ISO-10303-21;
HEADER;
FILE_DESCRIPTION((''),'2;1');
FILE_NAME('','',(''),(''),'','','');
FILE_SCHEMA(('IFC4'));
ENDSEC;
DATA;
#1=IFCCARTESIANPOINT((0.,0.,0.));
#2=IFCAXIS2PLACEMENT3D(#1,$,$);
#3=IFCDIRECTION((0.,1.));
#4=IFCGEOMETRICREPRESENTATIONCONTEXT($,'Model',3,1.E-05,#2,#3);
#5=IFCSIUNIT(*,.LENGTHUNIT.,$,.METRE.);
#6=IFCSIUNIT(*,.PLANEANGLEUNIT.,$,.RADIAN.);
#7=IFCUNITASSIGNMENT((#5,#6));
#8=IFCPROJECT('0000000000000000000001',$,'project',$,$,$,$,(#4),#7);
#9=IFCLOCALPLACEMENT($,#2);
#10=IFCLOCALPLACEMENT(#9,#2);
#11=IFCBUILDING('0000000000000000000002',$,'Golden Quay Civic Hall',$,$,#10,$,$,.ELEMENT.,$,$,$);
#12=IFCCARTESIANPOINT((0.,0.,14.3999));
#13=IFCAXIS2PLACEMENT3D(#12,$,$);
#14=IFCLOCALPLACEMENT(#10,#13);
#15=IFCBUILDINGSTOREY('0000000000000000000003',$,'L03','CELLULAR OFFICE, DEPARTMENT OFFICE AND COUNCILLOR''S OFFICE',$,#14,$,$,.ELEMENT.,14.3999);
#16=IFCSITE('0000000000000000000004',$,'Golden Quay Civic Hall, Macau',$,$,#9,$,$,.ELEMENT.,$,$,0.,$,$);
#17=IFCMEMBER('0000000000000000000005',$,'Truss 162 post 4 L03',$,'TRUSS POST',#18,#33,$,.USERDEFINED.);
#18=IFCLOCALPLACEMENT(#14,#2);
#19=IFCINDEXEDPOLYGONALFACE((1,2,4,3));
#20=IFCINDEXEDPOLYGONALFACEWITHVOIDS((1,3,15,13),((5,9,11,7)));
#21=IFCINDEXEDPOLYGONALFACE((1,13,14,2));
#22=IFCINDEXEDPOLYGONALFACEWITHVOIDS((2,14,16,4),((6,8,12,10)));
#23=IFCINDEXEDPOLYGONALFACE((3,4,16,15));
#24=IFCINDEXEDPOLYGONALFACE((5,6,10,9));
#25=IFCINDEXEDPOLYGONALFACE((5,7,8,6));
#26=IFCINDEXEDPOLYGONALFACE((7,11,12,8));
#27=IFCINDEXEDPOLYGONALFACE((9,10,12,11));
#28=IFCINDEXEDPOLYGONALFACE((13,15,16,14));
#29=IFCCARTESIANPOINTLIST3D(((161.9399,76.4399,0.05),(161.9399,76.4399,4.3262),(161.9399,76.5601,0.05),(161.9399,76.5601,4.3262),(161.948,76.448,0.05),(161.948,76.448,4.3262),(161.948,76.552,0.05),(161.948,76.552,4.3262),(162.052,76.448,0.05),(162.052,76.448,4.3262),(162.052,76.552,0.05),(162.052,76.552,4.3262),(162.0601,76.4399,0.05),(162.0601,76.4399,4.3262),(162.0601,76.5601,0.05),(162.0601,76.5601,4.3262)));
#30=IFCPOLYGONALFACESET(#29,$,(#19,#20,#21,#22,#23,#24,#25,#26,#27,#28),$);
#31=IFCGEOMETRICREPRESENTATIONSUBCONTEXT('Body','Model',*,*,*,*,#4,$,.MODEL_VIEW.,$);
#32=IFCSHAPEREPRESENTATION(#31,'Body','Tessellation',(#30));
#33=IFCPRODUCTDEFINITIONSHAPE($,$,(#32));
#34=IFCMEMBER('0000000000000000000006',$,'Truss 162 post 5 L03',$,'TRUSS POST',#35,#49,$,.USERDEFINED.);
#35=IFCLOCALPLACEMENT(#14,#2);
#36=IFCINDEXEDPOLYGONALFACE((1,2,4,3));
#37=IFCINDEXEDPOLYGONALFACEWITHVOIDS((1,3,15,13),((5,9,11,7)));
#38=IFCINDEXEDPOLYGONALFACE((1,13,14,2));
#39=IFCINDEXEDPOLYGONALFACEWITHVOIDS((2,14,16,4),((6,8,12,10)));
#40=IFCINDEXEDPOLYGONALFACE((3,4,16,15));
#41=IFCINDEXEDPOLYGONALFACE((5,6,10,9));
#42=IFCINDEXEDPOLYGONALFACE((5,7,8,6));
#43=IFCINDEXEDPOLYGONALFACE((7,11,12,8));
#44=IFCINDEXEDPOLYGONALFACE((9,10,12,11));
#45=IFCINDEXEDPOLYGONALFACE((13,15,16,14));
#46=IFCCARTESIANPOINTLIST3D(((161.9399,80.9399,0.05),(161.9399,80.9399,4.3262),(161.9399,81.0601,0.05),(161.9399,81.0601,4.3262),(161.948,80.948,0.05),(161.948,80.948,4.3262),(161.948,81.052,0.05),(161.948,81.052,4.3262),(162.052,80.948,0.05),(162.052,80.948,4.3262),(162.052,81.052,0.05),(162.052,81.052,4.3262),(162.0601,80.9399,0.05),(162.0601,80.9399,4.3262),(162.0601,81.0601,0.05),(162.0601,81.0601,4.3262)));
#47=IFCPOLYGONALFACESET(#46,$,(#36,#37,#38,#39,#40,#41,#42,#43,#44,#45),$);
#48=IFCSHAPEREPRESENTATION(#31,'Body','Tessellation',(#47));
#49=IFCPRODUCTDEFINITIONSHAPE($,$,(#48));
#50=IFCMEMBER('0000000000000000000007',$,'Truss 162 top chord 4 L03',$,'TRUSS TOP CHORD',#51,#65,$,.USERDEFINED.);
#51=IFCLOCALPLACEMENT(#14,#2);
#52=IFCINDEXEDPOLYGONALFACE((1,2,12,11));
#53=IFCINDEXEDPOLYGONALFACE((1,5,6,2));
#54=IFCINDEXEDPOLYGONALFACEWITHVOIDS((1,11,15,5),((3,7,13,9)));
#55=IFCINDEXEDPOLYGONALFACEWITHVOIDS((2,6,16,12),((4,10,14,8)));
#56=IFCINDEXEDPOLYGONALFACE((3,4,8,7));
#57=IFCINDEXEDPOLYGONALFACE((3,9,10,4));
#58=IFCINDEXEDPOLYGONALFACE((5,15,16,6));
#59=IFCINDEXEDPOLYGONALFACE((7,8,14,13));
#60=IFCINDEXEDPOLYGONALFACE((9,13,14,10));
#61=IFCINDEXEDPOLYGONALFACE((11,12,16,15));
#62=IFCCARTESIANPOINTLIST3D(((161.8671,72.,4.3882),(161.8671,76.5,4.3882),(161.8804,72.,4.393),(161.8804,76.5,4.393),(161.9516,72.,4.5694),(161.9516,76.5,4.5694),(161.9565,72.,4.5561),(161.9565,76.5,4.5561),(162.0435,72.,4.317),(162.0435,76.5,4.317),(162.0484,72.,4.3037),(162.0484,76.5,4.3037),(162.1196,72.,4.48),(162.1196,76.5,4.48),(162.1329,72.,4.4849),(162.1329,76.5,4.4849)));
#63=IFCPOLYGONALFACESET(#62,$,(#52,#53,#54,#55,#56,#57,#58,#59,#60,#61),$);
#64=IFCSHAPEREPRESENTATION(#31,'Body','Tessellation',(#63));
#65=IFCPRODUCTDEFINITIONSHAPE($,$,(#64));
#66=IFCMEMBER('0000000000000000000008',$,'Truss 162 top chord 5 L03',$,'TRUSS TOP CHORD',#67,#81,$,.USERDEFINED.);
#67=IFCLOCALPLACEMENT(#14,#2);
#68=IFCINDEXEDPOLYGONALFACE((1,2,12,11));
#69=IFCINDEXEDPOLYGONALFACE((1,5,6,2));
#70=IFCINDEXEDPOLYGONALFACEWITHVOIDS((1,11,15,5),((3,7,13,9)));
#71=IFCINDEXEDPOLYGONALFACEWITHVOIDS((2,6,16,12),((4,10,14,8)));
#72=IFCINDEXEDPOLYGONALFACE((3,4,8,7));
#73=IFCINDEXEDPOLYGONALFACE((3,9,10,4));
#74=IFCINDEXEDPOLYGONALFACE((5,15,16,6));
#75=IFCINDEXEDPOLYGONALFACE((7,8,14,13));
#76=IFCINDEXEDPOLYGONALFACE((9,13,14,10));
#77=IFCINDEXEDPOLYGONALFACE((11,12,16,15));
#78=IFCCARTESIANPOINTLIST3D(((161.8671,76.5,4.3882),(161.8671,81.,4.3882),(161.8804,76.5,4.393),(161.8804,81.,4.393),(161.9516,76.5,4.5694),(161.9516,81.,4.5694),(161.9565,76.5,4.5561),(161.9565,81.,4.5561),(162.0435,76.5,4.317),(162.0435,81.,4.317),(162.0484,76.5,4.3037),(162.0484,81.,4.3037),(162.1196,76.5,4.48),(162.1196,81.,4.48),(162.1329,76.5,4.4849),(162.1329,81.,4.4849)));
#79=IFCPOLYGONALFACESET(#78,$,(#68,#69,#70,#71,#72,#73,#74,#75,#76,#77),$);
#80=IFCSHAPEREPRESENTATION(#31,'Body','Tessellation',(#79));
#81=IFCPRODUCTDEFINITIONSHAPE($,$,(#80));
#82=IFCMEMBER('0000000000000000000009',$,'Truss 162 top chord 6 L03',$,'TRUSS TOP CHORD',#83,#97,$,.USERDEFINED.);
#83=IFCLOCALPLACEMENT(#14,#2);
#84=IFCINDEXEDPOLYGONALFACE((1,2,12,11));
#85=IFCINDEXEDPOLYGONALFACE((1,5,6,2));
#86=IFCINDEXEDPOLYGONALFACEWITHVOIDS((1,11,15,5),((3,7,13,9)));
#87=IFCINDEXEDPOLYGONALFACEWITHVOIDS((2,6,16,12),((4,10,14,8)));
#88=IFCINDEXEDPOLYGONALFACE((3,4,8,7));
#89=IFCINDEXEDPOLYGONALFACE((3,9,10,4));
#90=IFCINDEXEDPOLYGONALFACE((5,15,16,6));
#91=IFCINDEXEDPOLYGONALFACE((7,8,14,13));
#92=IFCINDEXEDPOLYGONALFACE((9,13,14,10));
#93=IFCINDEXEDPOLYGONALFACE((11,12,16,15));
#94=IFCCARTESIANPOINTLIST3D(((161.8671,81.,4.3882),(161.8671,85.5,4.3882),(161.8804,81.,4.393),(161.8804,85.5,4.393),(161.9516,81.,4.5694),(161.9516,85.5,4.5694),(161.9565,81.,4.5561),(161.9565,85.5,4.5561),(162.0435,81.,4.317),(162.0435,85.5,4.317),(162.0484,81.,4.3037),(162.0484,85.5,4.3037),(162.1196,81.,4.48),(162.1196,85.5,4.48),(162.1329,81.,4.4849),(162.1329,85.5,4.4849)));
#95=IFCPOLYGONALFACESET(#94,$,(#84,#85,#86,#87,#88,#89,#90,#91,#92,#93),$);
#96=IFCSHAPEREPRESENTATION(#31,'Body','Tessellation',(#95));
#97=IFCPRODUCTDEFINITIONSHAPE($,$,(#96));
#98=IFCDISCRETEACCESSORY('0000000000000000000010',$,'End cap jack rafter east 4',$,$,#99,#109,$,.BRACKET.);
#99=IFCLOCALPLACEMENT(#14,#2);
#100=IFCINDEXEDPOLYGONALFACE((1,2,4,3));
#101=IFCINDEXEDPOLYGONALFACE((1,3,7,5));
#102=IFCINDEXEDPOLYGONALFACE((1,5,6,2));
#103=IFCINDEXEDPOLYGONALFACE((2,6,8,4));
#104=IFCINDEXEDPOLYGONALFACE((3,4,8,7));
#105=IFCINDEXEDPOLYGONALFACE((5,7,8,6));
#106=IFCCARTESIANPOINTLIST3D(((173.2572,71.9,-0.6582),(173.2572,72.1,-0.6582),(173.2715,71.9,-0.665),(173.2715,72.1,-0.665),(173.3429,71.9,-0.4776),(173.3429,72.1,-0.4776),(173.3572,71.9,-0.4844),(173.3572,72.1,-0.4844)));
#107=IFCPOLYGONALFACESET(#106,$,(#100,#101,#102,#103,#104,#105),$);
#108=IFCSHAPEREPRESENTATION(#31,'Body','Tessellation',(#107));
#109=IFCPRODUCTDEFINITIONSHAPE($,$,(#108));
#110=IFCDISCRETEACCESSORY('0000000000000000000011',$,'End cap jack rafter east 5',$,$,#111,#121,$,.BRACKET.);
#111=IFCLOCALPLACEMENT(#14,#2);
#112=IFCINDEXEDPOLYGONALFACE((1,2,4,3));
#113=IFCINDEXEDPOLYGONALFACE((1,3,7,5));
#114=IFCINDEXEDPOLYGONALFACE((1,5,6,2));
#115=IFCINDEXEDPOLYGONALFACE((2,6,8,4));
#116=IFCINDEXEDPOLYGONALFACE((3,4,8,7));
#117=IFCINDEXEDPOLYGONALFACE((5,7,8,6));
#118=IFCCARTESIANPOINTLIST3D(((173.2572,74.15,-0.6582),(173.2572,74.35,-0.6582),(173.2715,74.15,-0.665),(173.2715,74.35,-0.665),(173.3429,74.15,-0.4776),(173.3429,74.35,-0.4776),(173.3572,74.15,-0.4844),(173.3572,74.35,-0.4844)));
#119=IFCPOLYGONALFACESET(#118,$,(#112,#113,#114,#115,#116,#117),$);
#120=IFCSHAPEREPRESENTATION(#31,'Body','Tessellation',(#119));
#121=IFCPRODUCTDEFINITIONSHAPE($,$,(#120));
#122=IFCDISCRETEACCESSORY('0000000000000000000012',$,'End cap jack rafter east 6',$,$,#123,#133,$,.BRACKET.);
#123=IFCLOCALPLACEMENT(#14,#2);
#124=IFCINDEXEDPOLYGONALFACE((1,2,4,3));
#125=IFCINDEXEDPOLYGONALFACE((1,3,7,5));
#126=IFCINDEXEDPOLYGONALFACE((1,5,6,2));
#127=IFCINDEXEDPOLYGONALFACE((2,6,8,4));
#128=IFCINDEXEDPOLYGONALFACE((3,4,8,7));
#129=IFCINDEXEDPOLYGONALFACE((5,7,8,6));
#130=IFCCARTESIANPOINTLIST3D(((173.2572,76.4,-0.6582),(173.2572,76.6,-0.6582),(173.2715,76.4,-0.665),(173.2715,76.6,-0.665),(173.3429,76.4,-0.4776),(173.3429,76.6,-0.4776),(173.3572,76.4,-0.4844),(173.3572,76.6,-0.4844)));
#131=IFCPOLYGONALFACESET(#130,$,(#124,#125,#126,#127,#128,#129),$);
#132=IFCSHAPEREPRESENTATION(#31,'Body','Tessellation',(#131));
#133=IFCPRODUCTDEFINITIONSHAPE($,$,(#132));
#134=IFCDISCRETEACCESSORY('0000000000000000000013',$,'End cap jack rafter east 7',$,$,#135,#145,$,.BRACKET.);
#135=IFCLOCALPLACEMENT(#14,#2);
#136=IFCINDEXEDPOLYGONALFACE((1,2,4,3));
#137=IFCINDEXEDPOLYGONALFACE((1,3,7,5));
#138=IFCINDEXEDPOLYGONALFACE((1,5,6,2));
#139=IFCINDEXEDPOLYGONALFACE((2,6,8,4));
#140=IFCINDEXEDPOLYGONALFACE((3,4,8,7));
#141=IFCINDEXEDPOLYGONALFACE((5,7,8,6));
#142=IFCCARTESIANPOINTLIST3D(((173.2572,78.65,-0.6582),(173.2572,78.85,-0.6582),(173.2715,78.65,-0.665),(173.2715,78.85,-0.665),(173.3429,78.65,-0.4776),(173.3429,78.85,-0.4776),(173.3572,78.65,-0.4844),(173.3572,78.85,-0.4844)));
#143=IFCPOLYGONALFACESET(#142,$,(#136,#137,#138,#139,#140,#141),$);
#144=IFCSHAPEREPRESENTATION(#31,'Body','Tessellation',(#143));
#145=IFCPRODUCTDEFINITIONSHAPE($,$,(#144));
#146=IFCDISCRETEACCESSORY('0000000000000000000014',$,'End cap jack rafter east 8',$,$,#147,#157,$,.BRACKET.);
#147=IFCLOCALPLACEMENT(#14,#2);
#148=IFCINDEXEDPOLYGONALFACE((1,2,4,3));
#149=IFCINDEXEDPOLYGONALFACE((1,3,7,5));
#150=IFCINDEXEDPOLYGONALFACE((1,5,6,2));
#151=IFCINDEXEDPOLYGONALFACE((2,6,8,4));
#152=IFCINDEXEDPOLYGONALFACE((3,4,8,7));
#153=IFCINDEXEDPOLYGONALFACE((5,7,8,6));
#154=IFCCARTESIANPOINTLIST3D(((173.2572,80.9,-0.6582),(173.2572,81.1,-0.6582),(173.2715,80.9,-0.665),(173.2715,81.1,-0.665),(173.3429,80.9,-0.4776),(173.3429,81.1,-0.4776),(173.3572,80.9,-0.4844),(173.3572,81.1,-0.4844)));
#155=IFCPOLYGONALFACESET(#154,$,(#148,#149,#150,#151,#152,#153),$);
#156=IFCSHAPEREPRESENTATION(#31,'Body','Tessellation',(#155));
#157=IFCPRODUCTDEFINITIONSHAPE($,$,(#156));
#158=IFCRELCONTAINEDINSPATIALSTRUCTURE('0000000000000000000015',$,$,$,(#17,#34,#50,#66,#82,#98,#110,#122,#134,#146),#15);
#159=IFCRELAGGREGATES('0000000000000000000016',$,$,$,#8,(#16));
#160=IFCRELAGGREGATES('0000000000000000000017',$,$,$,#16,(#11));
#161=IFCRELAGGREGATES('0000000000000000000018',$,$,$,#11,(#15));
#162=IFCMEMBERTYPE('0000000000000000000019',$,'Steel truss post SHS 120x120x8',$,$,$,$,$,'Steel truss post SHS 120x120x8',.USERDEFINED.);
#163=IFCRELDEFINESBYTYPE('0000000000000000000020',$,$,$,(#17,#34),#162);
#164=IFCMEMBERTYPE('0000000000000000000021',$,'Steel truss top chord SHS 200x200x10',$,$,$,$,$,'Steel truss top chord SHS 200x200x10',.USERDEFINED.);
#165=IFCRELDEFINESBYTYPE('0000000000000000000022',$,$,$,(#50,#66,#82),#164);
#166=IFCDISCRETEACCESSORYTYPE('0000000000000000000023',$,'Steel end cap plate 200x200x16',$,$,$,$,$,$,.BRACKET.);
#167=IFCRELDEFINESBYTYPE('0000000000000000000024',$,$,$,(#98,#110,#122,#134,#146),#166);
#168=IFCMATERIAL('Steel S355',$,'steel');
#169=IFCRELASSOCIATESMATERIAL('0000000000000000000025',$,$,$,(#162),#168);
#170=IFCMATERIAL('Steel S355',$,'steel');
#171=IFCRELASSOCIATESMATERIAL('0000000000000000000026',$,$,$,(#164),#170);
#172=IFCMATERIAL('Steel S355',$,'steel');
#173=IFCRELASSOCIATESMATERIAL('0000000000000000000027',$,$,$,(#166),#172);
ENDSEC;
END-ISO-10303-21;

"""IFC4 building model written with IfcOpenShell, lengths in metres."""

from ifc_helpers import new_model, si_unit, direction, frame, origin, origin_2d, place, context, subcontext, project, spatial, rectangle, hollow_rectangle, extrude, material, material_profile, profile_set, type_object, element, save


model = new_model("IFC4")

# Units and contexts
model_context = context("Model", 3, precision=1e-05, world=origin(), true_north=direction((0.0, 1.0)))
body_context = subcontext(model_context, "Body", "Model", "MODEL_VIEW")
ifc_project = project(units=[si_unit("LENGTHUNIT", "METRE"), si_unit("PLANEANGLEUNIT", "RADIAN")], contexts=[model_context])

# Site, building, storey
site_placement = place(None, origin())
site = spatial("IfcSite", under=ifc_project, at=site_placement, Name="Golden Quay Civic Hall, Macau", CompositionType="ELEMENT", RefElevation=0.0)
building_placement = place(site_placement, origin())
building = spatial("IfcBuilding", under=site, at=building_placement, Name="Golden Quay Civic Hall", CompositionType="ELEMENT")
storey_placement = place(building_placement, frame((0.0, 0.0, 14.3999)))
storey = spatial("IfcBuildingStorey", under=building, at=storey_placement, Name="L03", Description="CELLULAR OFFICE, DEPARTMENT OFFICE AND COUNCILLOR'S OFFICE", CompositionType="ELEMENT", Elevation=14.3999)

# Members
ifc_material_1 = material(Name="Steel S355", Category="steel")
ifc_material_profile_1 = material_profile(ifc_material_1, hollow_rectangle(XDim=0.1201, YDim=0.1201, WallThickness=0.0081, at=origin_2d()), Name="SHS 120x120x8")
ifc_profile_set_1 = profile_set([ifc_material_profile_1], Name="Steel S355")
member_type_1 = type_object("IfcMemberType", Name="Steel truss post SHS 120x120x8", ElementType="Steel truss post SHS 120x120x8", PredefinedType="USERDEFINED", material=ifc_profile_set_1)
for number, where, z_axis, x_axis, name in (
    (1, (162.0, 76.5, 0.05), (0.0, 0.0, 1.0), (1.0, 0.0, 0.0), "Truss 162 post 4 L03"),
    (2, (162.0, 81.0, 0.05), (0.0, 0.0, 1.0), (1.0, 0.0, 0.0), "Truss 162 post 5 L03"),
):
    element("IfcMember", number, at=place(storey_placement, frame(where, z_axis=z_axis, x_axis=x_axis)), inside=storey, type_object=member_type_1, Name=name, ObjectType="TRUSS POST", PredefinedType="USERDEFINED", context=body_context, shape_type="SweptSolid", body=[
        extrude(hollow_rectangle(XDim=0.1201, YDim=0.1201, WallThickness=0.0081, at=origin_2d()), origin(), (0.0, 0.0, 1.0), 4.2761),
    ])
ifc_material_2 = material(Name="Steel S355", Category="steel")
ifc_material_profile_2 = material_profile(ifc_material_2, hollow_rectangle(XDim=0.2, YDim=0.2, WallThickness=0.01, at=origin_2d()), Name="SHS 200x200x10")
ifc_profile_set_2 = profile_set([ifc_material_profile_2], Name="Steel S355")
member_type_2 = type_object("IfcMemberType", Name="Steel truss top chord SHS 200x200x10", ElementType="Steel truss top chord SHS 200x200x10", PredefinedType="USERDEFINED", material=ifc_profile_set_2)
for number, where, z_axis, x_axis, name in (
    (3, (162.0, 72.0, 4.4365), (0.0, 1.0, 0.0), (-0.906308, 0.0, 0.422618), "Truss 162 top chord 4 L03"),
    (4, (162.0, 76.5, 4.4365), (0.0, 1.0, 0.0), (-0.906308, 0.0, 0.422618), "Truss 162 top chord 5 L03"),
    (5, (162.0, 81.0, 4.4365), (0.0, 1.0, 0.0), (-0.906308, 0.0, 0.422618), "Truss 162 top chord 6 L03"),
):
    element("IfcMember", number, at=place(storey_placement, frame(where, z_axis=z_axis, x_axis=x_axis)), inside=storey, type_object=member_type_2, Name=name, ObjectType="TRUSS TOP CHORD", PredefinedType="USERDEFINED", context=body_context, shape_type="SweptSolid", body=[
        extrude(hollow_rectangle(XDim=0.2, YDim=0.2, WallThickness=0.01, at=origin_2d()), origin(), (0.0, 0.0, 1.0), 4.5),
    ])

# Discrete accessories
ifc_material_3 = material(Name="Steel S355", Category="steel")
ifc_material_profile_3 = material_profile(ifc_material_3, rectangle(XDim=0.2, YDim=0.2, at=origin_2d()), Name="Steel end cap plate 200x200x16")
ifc_profile_set_3 = profile_set([ifc_material_profile_3], Name="Steel S355")
discrete_accessory_type = type_object("IfcDiscreteAccessoryType", Name="Steel end cap plate 200x200x16", PredefinedType="BRACKET", material=ifc_profile_set_3)
for number, where, z_axis, x_axis, name in (
    (6, (173.3, 72.0, -0.5679), (0.903426, 0.0, -0.428744), (0.0, 1.0, 0.0), "End cap jack rafter east 4"),
    (7, (173.3, 74.25, -0.5679), (0.903426, 0.0, -0.428744), (0.0, 1.0, 0.0), "End cap jack rafter east 5"),
    (8, (173.3, 76.5, -0.5679), (0.903426, 0.0, -0.428744), (0.0, 1.0, 0.0), "End cap jack rafter east 6"),
    (9, (173.3, 78.75, -0.5679), (0.903426, 0.0, -0.428744), (0.0, 1.0, 0.0), "End cap jack rafter east 7"),
    (10, (173.3, 81.0, -0.5679), (0.903426, 0.0, -0.428744), (0.0, 1.0, 0.0), "End cap jack rafter east 8"),
):
    element("IfcDiscreteAccessory", number, at=place(storey_placement, frame(where, z_axis=z_axis, x_axis=x_axis)), inside=storey, type_object=discrete_accessory_type, Name=name, PredefinedType="BRACKET", context=body_context, shape_type="SweptSolid", body=[
        extrude(rectangle(XDim=0.2, YDim=0.2, at=origin_2d()), origin(), (0.0, 0.0, 1.0), 0.0159),
    ])

save(model, "model.ifc")
